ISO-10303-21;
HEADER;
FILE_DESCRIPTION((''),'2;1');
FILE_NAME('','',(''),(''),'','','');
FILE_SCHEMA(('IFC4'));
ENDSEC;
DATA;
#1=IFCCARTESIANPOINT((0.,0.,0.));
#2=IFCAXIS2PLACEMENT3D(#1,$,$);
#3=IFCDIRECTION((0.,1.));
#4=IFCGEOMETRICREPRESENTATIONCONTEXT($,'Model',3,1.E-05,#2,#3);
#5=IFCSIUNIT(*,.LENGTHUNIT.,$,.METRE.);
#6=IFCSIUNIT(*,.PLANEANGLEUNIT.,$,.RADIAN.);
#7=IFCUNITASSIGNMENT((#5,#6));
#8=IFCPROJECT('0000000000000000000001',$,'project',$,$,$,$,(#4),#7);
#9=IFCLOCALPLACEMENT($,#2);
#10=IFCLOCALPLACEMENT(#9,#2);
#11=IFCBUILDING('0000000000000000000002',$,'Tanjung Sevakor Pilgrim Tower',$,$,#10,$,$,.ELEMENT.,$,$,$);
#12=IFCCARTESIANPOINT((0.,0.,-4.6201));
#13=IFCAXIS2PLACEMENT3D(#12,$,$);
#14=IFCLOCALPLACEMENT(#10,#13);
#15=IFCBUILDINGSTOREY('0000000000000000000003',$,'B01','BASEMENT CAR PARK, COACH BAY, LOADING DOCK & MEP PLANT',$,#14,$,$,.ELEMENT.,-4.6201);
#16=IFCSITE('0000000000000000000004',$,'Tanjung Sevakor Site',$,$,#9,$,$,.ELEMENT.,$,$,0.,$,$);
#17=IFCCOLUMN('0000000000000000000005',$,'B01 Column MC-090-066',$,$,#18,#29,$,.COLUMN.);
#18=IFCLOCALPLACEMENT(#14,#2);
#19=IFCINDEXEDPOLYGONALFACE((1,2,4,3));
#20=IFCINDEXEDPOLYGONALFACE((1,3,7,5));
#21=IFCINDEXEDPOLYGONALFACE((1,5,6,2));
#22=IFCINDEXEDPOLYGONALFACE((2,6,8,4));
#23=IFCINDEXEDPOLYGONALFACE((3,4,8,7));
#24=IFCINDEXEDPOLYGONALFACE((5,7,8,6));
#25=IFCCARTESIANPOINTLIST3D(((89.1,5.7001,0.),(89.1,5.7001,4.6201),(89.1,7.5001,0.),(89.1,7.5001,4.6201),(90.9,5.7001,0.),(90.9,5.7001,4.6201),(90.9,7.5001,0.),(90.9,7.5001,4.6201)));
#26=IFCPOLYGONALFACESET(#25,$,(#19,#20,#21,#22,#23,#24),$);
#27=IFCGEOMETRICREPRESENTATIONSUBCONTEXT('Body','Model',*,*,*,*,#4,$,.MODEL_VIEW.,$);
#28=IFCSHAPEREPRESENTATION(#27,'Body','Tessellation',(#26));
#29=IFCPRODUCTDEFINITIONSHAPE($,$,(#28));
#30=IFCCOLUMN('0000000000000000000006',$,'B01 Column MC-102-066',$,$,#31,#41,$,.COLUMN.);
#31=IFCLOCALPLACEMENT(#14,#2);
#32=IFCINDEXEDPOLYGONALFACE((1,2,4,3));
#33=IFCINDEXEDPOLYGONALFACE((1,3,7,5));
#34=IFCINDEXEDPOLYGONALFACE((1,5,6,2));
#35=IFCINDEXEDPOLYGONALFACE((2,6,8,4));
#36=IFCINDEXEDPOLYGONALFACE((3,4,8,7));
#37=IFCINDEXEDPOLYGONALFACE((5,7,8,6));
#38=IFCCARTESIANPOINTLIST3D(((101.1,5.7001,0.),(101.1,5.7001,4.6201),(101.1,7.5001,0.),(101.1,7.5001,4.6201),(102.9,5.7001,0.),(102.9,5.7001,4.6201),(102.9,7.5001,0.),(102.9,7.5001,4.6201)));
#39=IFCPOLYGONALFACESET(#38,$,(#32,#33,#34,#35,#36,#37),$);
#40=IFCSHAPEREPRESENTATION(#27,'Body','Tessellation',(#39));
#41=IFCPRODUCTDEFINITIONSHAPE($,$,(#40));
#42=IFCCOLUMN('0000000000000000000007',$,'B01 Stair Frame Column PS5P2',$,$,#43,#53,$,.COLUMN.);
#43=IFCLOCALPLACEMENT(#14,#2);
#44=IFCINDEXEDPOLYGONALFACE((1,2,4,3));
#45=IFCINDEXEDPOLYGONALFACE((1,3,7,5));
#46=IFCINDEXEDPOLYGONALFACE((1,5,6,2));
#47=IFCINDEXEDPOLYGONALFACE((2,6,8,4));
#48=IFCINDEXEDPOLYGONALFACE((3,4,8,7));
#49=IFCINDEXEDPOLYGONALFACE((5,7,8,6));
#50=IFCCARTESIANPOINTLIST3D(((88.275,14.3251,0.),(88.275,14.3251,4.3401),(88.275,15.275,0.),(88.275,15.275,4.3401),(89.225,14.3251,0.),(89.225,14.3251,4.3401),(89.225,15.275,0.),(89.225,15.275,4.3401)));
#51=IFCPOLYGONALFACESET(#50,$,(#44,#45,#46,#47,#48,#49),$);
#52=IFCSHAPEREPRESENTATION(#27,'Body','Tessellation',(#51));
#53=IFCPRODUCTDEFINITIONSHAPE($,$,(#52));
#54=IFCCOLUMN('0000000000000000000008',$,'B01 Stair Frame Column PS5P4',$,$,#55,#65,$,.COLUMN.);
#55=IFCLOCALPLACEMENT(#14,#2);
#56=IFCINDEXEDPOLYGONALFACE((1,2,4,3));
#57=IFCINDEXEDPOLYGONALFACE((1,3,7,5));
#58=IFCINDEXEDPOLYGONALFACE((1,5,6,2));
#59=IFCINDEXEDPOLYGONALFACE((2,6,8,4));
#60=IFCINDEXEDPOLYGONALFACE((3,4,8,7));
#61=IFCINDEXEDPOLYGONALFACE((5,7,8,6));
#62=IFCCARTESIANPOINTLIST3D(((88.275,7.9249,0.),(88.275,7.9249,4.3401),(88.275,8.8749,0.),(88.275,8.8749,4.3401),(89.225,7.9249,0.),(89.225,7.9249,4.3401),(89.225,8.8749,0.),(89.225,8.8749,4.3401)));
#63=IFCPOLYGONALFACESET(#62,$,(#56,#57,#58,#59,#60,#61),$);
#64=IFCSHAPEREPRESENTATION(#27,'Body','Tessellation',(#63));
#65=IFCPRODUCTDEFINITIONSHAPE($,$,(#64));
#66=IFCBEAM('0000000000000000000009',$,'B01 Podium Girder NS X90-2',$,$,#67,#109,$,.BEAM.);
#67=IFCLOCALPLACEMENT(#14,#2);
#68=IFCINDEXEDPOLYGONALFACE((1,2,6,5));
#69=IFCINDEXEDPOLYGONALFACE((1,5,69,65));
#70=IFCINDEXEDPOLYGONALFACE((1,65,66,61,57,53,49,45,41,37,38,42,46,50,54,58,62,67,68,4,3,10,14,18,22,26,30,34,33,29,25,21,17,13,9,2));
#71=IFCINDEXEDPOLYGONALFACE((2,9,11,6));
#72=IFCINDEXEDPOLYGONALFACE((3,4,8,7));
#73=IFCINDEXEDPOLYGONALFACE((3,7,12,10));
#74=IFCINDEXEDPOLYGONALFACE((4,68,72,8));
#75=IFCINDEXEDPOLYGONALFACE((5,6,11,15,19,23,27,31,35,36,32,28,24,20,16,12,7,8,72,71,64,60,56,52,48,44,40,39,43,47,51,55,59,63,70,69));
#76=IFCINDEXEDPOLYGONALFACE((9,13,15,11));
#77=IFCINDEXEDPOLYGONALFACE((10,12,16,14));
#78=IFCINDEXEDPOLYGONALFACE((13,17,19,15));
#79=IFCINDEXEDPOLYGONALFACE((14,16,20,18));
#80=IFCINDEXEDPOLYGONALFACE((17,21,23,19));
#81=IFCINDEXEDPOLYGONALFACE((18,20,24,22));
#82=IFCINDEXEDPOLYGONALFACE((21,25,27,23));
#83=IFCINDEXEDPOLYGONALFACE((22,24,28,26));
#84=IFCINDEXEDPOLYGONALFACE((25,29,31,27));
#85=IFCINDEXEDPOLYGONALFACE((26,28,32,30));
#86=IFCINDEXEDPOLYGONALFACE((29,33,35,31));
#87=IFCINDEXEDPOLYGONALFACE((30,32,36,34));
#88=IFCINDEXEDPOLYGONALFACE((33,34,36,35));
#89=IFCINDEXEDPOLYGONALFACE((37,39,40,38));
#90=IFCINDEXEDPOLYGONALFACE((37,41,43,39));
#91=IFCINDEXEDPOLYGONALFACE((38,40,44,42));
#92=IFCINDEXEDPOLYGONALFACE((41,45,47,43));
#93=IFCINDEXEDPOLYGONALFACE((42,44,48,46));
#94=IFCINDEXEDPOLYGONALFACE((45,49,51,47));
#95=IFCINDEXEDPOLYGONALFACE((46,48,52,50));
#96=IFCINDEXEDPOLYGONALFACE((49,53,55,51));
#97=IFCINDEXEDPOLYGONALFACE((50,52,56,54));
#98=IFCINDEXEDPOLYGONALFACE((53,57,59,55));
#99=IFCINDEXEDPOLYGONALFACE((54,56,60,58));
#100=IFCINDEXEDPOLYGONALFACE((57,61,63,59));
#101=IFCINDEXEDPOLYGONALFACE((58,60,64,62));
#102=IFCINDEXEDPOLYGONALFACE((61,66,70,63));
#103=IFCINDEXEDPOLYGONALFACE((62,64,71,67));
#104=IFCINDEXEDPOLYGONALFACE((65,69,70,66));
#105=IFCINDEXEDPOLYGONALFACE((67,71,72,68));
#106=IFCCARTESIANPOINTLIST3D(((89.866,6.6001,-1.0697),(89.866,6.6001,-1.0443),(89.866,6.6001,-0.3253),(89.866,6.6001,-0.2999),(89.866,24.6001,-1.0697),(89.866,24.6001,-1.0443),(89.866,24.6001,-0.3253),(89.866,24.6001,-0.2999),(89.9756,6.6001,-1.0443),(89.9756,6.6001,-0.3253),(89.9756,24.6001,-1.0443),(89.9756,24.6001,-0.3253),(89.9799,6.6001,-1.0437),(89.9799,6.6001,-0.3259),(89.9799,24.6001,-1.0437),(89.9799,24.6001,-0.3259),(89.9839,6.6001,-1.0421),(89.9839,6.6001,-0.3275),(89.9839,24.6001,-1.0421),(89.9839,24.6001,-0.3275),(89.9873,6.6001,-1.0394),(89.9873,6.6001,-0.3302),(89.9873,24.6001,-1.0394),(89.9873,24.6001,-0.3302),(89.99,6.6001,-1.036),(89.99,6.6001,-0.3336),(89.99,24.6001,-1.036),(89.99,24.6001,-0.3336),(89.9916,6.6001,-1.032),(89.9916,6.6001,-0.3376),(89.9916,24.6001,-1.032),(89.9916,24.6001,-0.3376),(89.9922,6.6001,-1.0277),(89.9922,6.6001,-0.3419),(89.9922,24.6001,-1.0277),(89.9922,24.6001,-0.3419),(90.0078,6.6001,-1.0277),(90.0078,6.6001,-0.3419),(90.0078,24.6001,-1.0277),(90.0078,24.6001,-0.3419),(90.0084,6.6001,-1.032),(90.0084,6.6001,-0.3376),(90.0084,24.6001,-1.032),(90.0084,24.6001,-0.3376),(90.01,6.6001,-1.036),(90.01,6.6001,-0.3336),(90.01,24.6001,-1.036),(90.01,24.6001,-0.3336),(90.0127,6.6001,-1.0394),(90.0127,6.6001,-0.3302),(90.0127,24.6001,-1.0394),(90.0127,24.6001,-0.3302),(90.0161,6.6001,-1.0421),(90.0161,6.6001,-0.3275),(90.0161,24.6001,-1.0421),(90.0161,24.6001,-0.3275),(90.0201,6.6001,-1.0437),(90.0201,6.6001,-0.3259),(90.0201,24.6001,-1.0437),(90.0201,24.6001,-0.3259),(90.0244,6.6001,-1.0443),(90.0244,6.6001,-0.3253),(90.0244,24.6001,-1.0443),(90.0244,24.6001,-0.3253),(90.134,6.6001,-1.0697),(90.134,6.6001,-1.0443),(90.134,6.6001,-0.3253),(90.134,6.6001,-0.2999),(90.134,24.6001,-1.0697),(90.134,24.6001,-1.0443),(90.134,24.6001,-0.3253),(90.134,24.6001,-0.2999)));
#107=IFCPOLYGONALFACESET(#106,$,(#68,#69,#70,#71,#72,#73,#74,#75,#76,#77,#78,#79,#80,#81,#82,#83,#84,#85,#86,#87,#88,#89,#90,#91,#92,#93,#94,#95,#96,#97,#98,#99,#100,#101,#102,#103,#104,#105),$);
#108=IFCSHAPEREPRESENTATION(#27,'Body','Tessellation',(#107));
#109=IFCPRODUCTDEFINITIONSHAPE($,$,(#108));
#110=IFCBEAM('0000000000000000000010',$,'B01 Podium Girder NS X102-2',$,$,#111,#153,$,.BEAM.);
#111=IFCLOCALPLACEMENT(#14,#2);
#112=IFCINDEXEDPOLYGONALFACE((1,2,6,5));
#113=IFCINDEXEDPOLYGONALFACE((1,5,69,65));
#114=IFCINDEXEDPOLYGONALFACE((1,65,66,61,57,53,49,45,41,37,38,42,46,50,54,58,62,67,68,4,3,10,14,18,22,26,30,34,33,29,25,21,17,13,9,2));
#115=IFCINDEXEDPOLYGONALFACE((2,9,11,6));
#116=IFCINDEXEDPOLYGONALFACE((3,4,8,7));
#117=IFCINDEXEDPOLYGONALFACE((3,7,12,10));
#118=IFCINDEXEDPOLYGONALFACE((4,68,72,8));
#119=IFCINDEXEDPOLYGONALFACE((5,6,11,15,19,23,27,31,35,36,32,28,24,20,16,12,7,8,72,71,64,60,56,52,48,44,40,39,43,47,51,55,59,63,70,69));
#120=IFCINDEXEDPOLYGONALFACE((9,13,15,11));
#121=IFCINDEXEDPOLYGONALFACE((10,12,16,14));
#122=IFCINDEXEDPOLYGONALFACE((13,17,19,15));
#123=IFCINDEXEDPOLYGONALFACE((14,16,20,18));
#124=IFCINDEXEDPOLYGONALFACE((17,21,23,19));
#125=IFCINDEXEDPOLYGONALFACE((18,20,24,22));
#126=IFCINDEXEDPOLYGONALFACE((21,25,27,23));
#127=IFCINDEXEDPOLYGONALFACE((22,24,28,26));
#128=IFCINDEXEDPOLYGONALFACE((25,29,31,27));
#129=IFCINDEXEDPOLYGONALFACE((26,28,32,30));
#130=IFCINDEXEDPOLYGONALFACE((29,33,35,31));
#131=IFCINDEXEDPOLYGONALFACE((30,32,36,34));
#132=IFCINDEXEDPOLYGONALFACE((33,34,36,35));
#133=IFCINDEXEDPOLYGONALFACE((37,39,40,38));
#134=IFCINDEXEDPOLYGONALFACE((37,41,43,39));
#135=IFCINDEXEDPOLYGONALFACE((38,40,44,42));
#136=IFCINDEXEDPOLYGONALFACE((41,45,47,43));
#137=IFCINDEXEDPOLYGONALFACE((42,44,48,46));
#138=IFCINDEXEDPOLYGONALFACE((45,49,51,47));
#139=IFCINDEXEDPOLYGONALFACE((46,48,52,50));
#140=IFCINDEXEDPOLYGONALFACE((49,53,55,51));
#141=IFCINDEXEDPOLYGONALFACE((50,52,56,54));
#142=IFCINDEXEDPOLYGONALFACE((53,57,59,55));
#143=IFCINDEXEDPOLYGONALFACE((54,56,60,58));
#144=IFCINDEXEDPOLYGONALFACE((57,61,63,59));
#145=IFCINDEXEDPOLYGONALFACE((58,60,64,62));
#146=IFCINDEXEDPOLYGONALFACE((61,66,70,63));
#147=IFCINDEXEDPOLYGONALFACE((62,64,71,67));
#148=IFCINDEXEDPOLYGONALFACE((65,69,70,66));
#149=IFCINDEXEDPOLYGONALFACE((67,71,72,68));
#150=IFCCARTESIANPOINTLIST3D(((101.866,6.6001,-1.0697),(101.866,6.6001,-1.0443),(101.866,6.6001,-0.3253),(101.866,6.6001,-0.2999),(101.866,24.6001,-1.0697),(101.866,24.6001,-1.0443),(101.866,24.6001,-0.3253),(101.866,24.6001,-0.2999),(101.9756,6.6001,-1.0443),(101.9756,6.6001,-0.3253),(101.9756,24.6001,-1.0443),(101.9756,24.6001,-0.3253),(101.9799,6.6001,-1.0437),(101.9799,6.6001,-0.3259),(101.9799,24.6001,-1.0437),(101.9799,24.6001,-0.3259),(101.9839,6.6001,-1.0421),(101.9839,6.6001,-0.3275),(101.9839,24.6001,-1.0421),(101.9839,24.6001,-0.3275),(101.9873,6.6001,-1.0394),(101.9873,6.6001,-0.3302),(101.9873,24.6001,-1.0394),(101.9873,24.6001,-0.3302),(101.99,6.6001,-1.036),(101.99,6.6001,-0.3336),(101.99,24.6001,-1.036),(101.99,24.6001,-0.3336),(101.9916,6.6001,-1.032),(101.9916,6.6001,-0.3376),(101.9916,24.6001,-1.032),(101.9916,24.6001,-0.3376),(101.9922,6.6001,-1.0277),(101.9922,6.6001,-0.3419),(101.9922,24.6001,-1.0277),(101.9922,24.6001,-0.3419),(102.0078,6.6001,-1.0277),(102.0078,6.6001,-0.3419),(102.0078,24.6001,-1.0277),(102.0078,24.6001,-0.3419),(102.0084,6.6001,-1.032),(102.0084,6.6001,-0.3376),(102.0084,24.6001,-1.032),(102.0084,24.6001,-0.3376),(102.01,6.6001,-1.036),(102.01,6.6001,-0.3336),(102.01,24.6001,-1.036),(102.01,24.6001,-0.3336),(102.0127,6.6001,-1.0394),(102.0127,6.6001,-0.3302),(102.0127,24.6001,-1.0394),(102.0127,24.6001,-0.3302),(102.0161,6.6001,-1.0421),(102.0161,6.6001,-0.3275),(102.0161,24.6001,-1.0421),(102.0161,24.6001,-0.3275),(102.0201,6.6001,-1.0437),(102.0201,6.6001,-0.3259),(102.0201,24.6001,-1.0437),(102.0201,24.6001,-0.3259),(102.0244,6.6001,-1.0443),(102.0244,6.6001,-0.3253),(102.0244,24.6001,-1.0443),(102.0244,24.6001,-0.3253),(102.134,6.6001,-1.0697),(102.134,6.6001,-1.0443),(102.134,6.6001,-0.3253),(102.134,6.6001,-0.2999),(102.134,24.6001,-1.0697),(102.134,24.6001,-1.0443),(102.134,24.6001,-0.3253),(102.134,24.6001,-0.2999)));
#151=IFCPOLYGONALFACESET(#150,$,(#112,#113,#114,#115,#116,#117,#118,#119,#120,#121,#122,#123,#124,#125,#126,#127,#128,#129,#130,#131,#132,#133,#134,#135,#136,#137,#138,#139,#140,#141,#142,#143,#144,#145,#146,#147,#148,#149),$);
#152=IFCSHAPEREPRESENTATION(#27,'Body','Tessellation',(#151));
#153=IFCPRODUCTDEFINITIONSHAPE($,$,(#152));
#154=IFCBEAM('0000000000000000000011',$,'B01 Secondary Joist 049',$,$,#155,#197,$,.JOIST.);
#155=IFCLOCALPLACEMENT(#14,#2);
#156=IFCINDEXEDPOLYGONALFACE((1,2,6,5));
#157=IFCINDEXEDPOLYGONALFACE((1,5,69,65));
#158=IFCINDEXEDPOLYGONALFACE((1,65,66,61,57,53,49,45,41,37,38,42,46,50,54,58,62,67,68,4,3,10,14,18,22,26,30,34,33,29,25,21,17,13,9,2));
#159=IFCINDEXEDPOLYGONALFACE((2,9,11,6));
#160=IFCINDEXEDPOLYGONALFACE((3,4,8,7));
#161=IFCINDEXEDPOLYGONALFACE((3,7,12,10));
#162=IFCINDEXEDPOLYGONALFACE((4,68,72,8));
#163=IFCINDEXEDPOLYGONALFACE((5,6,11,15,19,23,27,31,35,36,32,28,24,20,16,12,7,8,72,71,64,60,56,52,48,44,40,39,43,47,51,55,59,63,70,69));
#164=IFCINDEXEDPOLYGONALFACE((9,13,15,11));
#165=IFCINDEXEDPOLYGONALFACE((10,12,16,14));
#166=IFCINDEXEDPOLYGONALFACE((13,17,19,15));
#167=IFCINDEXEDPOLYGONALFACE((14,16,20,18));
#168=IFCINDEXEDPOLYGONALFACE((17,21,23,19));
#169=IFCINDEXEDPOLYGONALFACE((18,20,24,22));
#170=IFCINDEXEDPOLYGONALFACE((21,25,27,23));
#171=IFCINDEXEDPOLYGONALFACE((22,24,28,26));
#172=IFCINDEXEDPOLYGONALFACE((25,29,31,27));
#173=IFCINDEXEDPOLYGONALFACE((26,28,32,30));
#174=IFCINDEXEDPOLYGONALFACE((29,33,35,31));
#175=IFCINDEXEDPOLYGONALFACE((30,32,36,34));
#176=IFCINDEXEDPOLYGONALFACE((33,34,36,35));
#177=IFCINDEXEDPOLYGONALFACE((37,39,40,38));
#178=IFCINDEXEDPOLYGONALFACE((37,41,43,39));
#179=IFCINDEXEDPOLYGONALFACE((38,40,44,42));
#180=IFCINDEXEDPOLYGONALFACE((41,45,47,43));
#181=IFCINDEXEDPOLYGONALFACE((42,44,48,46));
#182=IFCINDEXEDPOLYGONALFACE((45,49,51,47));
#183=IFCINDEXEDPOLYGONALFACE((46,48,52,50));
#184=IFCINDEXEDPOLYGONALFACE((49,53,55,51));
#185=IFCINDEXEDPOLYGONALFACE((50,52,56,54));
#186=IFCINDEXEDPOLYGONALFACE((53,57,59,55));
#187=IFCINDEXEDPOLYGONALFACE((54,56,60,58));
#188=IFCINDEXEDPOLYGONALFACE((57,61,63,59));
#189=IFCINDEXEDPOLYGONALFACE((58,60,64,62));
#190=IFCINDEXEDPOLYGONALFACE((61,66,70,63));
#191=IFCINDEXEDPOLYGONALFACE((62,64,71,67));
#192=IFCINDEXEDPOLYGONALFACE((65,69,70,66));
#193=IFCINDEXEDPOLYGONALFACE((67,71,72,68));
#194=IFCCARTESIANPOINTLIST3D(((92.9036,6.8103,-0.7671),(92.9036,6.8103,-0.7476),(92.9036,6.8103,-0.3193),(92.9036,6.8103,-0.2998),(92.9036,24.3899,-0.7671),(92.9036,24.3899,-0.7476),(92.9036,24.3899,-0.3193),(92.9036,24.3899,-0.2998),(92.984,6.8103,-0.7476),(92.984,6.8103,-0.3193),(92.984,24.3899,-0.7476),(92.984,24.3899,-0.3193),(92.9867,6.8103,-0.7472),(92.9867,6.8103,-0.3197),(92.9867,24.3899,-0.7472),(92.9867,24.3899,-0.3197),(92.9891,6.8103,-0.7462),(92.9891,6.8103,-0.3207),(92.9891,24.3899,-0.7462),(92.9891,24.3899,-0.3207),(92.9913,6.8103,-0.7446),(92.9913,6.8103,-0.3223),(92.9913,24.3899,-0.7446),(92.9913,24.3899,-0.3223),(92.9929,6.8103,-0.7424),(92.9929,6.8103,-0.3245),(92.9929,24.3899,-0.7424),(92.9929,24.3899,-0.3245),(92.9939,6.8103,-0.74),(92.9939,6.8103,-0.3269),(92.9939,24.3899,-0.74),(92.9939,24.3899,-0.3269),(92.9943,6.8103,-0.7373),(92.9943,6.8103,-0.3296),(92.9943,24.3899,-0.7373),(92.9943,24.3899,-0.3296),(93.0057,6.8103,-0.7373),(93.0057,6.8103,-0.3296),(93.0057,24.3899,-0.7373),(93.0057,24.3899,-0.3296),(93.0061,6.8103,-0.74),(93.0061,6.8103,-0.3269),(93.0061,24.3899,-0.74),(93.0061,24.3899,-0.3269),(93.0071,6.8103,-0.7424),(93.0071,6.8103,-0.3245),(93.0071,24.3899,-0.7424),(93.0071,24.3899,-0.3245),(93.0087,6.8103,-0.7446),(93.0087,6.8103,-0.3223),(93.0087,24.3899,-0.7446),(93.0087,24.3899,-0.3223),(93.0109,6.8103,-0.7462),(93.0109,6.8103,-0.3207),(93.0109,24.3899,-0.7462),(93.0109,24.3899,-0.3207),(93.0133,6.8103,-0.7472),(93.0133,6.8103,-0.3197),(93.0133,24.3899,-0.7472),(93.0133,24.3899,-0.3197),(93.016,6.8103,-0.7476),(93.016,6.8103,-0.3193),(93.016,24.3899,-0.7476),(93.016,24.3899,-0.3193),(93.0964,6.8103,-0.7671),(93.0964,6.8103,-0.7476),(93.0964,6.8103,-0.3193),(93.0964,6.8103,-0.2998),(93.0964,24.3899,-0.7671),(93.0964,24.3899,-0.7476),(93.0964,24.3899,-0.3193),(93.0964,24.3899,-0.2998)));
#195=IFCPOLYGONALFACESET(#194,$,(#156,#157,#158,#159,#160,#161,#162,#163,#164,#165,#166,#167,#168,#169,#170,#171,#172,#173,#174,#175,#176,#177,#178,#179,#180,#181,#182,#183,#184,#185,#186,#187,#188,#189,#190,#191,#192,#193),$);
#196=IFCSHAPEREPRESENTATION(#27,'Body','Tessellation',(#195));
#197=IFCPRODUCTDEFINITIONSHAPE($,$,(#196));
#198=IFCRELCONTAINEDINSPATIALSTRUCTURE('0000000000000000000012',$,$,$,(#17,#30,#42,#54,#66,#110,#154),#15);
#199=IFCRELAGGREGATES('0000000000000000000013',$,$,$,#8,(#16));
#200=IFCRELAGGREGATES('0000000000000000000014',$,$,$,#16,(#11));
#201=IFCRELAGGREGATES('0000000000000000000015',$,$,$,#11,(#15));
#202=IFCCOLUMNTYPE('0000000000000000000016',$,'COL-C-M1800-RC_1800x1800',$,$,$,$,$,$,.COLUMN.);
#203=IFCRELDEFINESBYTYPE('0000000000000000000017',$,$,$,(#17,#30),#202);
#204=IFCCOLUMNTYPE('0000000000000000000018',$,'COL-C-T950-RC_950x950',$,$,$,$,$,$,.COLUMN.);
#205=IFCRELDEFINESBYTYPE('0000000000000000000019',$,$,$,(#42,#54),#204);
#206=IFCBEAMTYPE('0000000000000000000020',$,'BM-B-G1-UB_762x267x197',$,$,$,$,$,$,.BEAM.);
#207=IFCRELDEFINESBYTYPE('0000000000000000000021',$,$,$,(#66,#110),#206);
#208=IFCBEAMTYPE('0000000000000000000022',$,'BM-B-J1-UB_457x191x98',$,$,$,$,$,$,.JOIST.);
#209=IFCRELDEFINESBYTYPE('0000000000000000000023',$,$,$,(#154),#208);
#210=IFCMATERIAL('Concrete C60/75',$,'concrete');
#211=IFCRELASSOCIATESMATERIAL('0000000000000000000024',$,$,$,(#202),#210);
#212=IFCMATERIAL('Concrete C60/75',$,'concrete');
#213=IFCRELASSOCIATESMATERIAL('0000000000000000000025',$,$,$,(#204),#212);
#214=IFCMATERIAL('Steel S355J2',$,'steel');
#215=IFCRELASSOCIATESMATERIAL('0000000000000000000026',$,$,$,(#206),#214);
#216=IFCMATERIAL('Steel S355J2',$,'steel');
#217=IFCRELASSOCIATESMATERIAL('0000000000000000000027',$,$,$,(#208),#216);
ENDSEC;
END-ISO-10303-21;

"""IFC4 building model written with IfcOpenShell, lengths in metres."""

from ifc_helpers import new_model, si_unit, direction, frame, origin, origin_2d, place, context, subcontext, project, spatial, rectangle, i_section, extrude, material, material_profile, profile_set, type_object, element, save


model = new_model("IFC4")

# Units and contexts
model_context = context("Model", 3, precision=1e-05, world=origin(), true_north=direction((0.0, 1.0)))
body_context = subcontext(model_context, "Body", "Model", "MODEL_VIEW")
ifc_project = project(units=[si_unit("LENGTHUNIT", "METRE"), si_unit("PLANEANGLEUNIT", "RADIAN")], contexts=[model_context])

# Site, building, storey
site_placement = place(None, origin())
site = spatial("IfcSite", under=ifc_project, at=site_placement, Name="Tanjung Sevakor Site", CompositionType="ELEMENT", RefElevation=0.0)
building_placement = place(site_placement, origin())
building = spatial("IfcBuilding", under=site, at=building_placement, Name="Tanjung Sevakor Pilgrim Tower", CompositionType="ELEMENT")
storey_placement = place(building_placement, frame((0.0, 0.0, -4.6201)))
storey = spatial("IfcBuildingStorey", under=building, at=storey_placement, Name="B01", Description="BASEMENT CAR PARK, COACH BAY, LOADING DOCK & MEP PLANT", CompositionType="ELEMENT", Elevation=-4.6201)

# Columns
ifc_material_1 = material(Name="Concrete C60/75", Category="concrete")
ifc_material_profile_1 = material_profile(ifc_material_1, rectangle(XDim=1.8, YDim=1.8, at=origin_2d()))
ifc_profile_set_1 = profile_set([ifc_material_profile_1], Name="Concrete C60/75")
column_type_1 = type_object("IfcColumnType", Name="COL-C-M1800-RC_1800x1800", PredefinedType="COLUMN", material=ifc_profile_set_1)
for number, where, z_axis, x_axis, name in (
    (1, (90.0, 6.6001, 0.0), (0.0, 0.0, 1.0), (1.0, 0.0, 0.0), "B01 Column MC-090-066"),
    (2, (102.0, 6.6001, 0.0), (0.0, 0.0, 1.0), (1.0, 0.0, 0.0), "B01 Column MC-102-066"),
):
    element("IfcColumn", number, at=place(storey_placement, frame(where, z_axis=z_axis, x_axis=x_axis)), inside=storey, type_object=column_type_1, Name=name, PredefinedType="COLUMN", context=body_context, shape_type="SweptSolid", body=[
        extrude(rectangle(XDim=1.8, YDim=1.8, at=origin_2d()), origin(), (0.0, 0.0, 1.0), 4.6201),
    ])
ifc_material_2 = material(Name="Concrete C60/75", Category="concrete")
ifc_material_profile_2 = material_profile(ifc_material_2, rectangle(XDim=0.95, YDim=0.95, at=origin_2d()))
ifc_profile_set_2 = profile_set([ifc_material_profile_2], Name="Concrete C60/75")
column_type_2 = type_object("IfcColumnType", Name="COL-C-T950-RC_950x950", PredefinedType="COLUMN", material=ifc_profile_set_2)
for number, where, z_axis, x_axis, name in (
    (3, (88.75, 14.8, 0.0), (0.0, 0.0, 1.0), (1.0, 0.0, 0.0), "B01 Stair Frame Column PS5P2"),
    (4, (88.75, 8.3999, 0.0), (0.0, 0.0, 1.0), (1.0, 0.0, 0.0), "B01 Stair Frame Column PS5P4"),
):
    element("IfcColumn", number, at=place(storey_placement, frame(where, z_axis=z_axis, x_axis=x_axis)), inside=storey, type_object=column_type_2, Name=name, PredefinedType="COLUMN", context=body_context, shape_type="SweptSolid", body=[
        extrude(rectangle(XDim=0.95, YDim=0.95, at=origin_2d()), origin(), (0.0, 0.0, 1.0), 4.3401),
    ])

# Beams
ifc_material_3 = material(Name="Steel S355J2", Category="steel")
ifc_material_profile_3 = material_profile(ifc_material_3, i_section(OverallWidth=0.2681, OverallDepth=0.7698, WebThickness=0.0156, FlangeThickness=0.0254, FilletRadius=0.0166, at=origin_2d()))
ifc_profile_set_3 = profile_set([ifc_material_profile_3], Name="Steel S355J2")
beam_type_1 = type_object("IfcBeamType", Name="BM-B-G1-UB_762x267x197", PredefinedType="BEAM", material=ifc_profile_set_3)
for number, where, z_axis, x_axis, name in (
    (5, (90.0, 6.6001, -0.6848), (0.0, 1.0, 0.0), (-1.0, 0.0, 0.0), "B01 Podium Girder NS X90-2"),
    (6, (102.0, 6.6001, -0.6848), (0.0, 1.0, 0.0), (-1.0, 0.0, 0.0), "B01 Podium Girder NS X102-2"),
):
    element("IfcBeam", number, at=place(storey_placement, frame(where, z_axis=z_axis, x_axis=x_axis)), inside=storey, type_object=beam_type_1, Name=name, PredefinedType="BEAM", context=body_context, shape_type="SweptSolid", body=[
        extrude(i_section(OverallWidth=0.2681, OverallDepth=0.7698, WebThickness=0.0156, FlangeThickness=0.0254, FilletRadius=0.0166, at=origin_2d()), origin(), (0.0, 0.0, 1.0), 18.0),
    ])
ifc_material_4 = material(Name="Steel S355J2", Category="steel")
ifc_material_profile_4 = material_profile(ifc_material_4, i_section(OverallWidth=0.1929, OverallDepth=0.4673, WebThickness=0.0115, FlangeThickness=0.0195, FilletRadius=0.0103, at=origin_2d()))
ifc_profile_set_4 = profile_set([ifc_material_profile_4], Name="Steel S355J2")
beam_type_2 = type_object("IfcBeamType", Name="BM-B-J1-UB_457x191x98", PredefinedType="JOIST", material=ifc_profile_set_4)
for number, where, z_axis, x_axis, name in (
    (7, (93.0, 6.8103, -0.5334), (0.0, 1.0, 0.0), (-1.0, 0.0, 0.0), "B01 Secondary Joist 049"),
):
    element("IfcBeam", number, at=place(storey_placement, frame(where, z_axis=z_axis, x_axis=x_axis)), inside=storey, type_object=beam_type_2, Name=name, PredefinedType="JOIST", context=body_context, shape_type="SweptSolid", body=[
        extrude(i_section(OverallWidth=0.1929, OverallDepth=0.4673, WebThickness=0.0115, FlangeThickness=0.0195, FilletRadius=0.0103, at=origin_2d()), origin(), (0.0, 0.0, 1.0), 17.5796),
    ])

save(model, "model.ifc")
